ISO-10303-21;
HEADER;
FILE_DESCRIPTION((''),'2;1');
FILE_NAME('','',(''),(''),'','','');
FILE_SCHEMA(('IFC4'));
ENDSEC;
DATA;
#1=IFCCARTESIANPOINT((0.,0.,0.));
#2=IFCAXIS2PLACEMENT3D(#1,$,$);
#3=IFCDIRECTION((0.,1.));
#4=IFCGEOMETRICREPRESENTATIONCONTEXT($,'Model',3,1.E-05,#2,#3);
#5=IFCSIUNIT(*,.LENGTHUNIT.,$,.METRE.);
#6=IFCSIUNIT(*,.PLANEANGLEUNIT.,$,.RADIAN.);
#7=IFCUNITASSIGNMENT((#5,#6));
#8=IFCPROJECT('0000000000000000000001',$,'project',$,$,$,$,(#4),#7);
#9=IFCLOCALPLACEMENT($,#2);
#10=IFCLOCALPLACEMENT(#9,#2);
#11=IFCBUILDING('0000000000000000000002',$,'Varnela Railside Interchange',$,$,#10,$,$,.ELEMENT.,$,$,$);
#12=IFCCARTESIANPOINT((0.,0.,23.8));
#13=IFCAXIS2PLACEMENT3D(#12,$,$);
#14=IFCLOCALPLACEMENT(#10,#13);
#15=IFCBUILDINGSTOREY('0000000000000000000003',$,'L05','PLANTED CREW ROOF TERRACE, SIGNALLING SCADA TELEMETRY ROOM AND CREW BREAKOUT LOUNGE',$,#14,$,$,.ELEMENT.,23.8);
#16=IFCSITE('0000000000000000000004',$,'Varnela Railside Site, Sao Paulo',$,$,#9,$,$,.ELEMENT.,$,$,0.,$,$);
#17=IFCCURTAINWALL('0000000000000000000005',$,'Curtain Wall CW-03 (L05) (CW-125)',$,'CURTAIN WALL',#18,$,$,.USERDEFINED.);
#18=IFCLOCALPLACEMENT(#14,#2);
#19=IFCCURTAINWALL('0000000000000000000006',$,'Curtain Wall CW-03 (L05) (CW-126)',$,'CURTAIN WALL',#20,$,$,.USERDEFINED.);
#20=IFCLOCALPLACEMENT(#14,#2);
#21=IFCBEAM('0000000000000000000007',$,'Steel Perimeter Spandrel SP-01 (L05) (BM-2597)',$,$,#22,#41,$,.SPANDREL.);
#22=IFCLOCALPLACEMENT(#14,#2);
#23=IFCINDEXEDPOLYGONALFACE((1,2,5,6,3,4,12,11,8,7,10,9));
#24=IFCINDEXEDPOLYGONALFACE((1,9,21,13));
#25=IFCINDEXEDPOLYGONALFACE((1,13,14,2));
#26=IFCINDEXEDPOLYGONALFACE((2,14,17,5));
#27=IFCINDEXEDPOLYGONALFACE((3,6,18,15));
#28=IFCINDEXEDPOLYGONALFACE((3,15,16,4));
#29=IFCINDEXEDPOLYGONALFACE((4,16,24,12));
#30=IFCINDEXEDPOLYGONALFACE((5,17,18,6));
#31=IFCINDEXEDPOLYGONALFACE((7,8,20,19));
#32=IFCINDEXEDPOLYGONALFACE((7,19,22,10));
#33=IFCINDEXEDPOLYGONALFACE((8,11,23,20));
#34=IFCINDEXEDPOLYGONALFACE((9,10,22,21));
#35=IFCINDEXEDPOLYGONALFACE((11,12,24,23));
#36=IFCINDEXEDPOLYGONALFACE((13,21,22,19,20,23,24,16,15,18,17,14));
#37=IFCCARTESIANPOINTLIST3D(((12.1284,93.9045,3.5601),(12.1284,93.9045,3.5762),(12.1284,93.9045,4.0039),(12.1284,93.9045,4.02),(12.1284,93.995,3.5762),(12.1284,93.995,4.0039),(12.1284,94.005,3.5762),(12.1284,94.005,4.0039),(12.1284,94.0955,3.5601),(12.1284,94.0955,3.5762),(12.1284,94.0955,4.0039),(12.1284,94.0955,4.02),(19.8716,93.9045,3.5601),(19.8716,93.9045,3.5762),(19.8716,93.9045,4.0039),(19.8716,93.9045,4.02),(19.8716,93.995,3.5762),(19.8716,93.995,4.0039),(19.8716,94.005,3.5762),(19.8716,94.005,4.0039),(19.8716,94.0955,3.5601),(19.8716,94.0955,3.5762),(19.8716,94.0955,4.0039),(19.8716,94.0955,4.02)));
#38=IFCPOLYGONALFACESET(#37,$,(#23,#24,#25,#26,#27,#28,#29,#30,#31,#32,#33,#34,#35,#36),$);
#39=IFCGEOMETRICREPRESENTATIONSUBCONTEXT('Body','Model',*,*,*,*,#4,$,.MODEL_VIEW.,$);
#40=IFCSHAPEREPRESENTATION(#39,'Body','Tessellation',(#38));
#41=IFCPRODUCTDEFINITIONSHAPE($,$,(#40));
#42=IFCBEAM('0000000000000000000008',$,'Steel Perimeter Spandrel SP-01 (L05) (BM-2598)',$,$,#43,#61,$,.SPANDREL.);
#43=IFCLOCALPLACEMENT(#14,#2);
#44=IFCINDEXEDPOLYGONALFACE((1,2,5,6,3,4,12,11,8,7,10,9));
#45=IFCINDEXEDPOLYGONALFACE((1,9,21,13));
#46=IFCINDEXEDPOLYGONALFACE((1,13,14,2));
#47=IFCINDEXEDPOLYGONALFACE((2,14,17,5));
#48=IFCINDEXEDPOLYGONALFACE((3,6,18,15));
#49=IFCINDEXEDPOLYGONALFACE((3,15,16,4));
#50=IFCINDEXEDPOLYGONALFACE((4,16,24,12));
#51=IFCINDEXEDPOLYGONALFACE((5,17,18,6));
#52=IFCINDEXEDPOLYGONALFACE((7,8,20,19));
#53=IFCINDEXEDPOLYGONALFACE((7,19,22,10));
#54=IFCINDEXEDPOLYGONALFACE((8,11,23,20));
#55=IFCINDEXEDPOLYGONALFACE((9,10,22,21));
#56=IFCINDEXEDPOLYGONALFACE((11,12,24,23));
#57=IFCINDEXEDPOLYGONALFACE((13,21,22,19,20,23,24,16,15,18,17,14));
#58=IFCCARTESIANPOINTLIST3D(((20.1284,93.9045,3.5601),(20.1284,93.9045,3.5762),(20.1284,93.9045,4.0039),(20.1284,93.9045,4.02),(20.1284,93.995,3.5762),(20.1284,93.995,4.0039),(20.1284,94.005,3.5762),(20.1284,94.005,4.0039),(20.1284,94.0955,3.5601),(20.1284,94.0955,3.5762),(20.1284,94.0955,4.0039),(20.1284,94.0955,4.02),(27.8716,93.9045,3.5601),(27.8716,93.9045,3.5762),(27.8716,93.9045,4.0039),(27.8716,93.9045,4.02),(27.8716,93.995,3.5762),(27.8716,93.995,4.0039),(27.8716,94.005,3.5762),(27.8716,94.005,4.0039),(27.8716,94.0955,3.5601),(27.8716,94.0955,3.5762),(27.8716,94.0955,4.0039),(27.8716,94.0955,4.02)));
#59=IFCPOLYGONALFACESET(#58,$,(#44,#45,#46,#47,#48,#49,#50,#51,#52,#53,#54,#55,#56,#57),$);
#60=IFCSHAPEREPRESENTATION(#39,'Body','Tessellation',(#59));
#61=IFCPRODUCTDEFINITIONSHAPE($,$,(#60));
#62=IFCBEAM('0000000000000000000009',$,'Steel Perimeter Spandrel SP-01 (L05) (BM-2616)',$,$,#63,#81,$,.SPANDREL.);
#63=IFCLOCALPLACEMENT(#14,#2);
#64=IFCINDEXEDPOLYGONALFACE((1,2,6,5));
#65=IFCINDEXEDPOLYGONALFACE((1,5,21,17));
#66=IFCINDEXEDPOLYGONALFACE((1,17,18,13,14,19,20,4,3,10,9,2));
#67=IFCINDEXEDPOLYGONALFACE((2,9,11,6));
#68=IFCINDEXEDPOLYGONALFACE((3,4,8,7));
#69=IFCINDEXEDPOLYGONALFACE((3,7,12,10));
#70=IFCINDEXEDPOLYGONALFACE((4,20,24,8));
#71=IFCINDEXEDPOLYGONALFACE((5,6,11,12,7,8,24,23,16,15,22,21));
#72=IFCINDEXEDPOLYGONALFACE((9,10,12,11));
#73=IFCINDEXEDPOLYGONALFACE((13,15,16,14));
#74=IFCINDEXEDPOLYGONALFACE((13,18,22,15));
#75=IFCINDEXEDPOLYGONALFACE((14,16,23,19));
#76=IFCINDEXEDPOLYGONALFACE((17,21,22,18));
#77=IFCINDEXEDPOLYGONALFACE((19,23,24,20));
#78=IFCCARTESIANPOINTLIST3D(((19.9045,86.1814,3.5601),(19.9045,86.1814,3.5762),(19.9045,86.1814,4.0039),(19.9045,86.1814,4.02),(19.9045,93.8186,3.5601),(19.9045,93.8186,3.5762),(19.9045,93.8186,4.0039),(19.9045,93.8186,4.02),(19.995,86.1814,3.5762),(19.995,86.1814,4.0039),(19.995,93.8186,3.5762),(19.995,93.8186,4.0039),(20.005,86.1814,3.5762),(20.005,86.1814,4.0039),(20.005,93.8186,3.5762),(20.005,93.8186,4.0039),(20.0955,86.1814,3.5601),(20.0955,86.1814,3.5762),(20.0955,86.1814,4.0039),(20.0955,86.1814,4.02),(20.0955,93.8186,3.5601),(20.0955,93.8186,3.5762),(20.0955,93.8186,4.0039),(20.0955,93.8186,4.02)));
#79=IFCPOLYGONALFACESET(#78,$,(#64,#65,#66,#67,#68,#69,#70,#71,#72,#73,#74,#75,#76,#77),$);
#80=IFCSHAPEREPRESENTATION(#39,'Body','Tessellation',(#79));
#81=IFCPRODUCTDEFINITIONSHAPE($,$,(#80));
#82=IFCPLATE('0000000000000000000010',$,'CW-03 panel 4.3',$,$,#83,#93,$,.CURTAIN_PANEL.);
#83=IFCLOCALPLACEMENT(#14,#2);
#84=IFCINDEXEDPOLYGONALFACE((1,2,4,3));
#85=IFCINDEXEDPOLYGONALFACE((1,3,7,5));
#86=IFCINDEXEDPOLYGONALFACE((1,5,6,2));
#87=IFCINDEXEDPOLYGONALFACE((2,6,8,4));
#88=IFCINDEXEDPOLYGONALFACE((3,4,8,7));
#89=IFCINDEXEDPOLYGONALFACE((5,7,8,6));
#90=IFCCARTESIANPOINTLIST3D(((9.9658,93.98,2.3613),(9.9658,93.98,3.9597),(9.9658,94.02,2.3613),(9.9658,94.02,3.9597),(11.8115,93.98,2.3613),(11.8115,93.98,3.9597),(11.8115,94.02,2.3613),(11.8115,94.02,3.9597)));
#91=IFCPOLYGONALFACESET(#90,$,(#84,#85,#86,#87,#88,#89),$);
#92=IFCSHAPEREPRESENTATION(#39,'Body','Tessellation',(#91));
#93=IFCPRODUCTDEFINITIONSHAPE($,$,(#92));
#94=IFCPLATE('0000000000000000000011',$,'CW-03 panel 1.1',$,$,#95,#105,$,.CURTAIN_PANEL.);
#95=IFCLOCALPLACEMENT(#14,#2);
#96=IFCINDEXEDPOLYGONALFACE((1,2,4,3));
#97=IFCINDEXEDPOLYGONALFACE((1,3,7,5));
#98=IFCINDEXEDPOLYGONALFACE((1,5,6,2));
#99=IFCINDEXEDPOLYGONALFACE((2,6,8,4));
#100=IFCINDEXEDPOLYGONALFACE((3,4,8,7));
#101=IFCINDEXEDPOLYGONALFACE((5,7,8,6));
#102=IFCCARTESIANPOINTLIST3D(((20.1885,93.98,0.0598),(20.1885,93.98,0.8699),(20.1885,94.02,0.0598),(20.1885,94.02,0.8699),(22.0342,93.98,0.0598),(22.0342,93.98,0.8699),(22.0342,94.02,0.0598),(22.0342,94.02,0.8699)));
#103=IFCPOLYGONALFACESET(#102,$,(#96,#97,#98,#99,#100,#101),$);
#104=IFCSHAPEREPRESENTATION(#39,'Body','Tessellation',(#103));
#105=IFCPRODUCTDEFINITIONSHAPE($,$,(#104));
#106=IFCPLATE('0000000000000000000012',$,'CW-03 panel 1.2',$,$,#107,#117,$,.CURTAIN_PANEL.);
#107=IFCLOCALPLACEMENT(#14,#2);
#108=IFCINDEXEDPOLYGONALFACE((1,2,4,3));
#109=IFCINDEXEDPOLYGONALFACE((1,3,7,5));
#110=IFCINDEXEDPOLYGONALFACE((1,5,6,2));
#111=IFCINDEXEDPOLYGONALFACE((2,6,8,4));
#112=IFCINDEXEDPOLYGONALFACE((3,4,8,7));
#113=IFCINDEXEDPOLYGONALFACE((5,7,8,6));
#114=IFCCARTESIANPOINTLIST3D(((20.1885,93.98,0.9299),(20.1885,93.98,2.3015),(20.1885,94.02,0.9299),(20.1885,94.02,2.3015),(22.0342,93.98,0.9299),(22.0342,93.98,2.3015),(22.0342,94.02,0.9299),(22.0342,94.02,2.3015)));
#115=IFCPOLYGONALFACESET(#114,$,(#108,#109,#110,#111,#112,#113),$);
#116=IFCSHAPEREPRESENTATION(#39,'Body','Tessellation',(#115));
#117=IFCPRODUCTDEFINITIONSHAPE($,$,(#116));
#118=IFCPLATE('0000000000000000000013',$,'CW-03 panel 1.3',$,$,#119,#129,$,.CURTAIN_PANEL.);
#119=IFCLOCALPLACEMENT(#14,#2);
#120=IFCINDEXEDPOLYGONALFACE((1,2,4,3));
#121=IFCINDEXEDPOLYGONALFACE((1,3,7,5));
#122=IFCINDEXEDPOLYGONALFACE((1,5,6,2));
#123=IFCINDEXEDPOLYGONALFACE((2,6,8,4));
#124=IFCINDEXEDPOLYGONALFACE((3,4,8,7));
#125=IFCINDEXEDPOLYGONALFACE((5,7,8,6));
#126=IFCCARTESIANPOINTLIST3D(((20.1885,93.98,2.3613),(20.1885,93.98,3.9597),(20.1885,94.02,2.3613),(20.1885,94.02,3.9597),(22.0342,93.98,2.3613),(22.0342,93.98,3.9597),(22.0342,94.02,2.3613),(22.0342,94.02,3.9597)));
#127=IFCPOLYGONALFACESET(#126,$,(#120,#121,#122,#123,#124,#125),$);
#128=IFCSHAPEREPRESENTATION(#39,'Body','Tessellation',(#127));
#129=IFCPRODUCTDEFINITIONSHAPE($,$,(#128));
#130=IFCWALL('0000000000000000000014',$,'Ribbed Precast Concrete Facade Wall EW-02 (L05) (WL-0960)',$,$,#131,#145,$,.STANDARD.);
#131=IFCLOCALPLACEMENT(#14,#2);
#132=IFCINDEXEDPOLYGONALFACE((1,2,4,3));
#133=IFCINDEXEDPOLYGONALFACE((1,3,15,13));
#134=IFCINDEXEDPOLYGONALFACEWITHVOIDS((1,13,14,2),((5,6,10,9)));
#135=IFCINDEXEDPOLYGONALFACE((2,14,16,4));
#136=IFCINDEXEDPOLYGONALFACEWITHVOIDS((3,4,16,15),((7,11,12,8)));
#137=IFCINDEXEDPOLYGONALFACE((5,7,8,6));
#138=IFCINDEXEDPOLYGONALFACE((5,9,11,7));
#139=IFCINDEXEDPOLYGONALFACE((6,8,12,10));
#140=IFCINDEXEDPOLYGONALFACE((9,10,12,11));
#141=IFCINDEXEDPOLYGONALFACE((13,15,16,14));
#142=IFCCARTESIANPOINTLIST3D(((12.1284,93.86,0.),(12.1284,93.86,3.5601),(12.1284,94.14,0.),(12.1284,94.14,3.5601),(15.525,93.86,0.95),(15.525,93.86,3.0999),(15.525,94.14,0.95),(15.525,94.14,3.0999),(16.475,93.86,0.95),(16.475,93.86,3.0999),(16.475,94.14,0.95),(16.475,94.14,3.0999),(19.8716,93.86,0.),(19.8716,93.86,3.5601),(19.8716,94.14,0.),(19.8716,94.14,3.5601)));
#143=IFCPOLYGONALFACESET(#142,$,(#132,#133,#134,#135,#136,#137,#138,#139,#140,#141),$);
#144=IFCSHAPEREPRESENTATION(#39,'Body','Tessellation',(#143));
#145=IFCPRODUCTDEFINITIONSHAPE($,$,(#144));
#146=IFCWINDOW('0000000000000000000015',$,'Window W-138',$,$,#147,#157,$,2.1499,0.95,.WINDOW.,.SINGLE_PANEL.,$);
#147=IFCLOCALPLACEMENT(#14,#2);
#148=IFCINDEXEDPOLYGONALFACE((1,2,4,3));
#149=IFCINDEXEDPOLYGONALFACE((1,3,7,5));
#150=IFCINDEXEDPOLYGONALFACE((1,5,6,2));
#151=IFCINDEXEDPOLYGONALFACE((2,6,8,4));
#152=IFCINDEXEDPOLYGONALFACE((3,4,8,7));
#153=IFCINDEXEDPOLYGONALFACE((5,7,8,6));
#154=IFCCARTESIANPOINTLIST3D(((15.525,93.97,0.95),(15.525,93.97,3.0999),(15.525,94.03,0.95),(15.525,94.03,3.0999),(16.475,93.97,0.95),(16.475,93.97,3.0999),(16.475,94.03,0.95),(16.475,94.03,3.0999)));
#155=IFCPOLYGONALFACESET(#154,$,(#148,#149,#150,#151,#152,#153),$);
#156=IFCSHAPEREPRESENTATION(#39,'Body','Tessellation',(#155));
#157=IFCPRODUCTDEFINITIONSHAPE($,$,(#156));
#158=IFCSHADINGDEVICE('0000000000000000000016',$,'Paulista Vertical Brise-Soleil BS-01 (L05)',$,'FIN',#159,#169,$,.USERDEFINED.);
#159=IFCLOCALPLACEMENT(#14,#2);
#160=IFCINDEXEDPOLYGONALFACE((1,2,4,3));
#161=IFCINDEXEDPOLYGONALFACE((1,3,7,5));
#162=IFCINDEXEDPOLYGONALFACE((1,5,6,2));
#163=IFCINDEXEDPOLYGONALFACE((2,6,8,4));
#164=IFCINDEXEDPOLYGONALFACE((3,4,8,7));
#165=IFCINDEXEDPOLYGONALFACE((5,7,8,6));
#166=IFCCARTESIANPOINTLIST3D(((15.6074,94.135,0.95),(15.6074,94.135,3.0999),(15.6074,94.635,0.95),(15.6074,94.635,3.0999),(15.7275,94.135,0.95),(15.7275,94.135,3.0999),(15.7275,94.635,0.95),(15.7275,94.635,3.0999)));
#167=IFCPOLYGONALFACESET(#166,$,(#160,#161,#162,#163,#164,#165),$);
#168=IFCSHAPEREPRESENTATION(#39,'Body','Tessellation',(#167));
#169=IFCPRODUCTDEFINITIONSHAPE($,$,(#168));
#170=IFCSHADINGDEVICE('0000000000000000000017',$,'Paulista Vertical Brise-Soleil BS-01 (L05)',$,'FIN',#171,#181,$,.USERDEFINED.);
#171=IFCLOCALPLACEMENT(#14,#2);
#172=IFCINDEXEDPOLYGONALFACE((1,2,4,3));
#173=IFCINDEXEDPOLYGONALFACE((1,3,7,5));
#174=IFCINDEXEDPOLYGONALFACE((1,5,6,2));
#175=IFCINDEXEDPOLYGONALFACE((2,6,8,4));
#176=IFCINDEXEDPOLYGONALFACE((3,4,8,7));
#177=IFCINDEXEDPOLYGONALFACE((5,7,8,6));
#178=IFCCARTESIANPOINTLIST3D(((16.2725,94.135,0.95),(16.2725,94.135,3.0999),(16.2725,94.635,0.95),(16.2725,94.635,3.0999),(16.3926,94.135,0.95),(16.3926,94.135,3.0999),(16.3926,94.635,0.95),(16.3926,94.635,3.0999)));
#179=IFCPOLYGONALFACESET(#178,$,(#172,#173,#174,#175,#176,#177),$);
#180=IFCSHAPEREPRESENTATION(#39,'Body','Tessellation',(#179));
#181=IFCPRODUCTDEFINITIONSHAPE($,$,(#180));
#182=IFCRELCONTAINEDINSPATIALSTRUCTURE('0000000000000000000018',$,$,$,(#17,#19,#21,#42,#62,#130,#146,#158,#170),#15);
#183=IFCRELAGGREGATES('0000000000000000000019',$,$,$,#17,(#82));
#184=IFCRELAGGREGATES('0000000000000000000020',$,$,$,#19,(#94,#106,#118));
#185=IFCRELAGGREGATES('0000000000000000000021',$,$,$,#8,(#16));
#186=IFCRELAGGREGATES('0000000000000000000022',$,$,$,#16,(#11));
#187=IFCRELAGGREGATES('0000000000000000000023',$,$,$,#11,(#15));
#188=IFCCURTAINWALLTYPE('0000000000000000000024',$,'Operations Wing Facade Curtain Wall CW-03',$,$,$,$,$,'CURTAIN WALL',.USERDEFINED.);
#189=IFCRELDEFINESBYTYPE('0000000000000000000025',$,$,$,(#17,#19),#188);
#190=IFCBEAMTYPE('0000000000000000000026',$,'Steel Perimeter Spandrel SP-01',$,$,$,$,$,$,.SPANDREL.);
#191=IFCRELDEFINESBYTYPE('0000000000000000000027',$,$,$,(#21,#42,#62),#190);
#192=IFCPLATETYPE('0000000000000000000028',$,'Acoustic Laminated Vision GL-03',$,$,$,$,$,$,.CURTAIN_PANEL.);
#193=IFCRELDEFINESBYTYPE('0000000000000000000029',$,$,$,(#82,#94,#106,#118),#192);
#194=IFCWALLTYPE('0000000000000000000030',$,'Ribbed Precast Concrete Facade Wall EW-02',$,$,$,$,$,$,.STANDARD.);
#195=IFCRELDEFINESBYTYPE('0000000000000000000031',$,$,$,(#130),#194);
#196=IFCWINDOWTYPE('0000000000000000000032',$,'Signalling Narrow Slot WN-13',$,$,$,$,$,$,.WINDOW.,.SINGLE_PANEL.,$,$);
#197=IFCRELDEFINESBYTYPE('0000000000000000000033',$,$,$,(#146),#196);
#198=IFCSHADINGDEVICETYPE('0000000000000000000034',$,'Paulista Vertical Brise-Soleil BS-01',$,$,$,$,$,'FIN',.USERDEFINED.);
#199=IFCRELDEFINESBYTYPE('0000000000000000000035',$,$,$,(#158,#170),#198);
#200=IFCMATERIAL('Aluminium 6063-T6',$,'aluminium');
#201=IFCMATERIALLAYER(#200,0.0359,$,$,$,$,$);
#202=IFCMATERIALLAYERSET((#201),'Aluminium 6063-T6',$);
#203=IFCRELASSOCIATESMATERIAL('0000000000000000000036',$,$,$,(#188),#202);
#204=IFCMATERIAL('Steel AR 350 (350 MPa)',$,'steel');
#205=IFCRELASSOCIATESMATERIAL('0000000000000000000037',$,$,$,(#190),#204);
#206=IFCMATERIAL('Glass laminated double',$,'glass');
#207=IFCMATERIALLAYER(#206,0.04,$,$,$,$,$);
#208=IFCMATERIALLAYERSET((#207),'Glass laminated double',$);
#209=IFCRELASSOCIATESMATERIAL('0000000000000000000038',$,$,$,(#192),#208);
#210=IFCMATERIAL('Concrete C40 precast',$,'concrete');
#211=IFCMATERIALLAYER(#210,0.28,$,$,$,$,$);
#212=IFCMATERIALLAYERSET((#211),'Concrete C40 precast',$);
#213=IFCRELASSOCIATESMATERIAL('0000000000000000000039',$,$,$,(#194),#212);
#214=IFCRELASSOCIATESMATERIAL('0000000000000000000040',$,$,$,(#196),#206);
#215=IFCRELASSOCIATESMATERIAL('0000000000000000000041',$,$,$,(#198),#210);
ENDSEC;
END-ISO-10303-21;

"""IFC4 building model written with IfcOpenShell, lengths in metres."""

from ifc_helpers import new_model, si_unit, direction, frame, frame_2d, origin, origin_2d, place, context, subcontext, project, spatial, rectangle, i_section, extrude, material, layer, layer_set, material_profile, profile_set, type_object, element, fill, aggregate, save


model = new_model("IFC4")

# Units and contexts
model_context = context("Model", 3, precision=1e-05, world=origin(), true_north=direction((0.0, 1.0)))
body_context = subcontext(model_context, "Body", "Model", "MODEL_VIEW")
ifc_project = project(units=[si_unit("LENGTHUNIT", "METRE"), si_unit("PLANEANGLEUNIT", "RADIAN")], contexts=[model_context])

# Site, building, storey
site_placement = place(None, origin())
site = spatial("IfcSite", under=ifc_project, at=site_placement, Name="Varnela Railside Site, Sao Paulo", CompositionType="ELEMENT", RefElevation=0.0)
building_placement = place(site_placement, origin())
building = spatial("IfcBuilding", under=site, at=building_placement, Name="Varnela Railside Interchange", CompositionType="ELEMENT")
storey_placement = place(building_placement, frame((0.0, 0.0, 23.8)))
storey = spatial("IfcBuildingStorey", under=building, at=storey_placement, Name="L05", Description="PLANTED CREW ROOF TERRACE, SIGNALLING SCADA TELEMETRY ROOM AND CREW BREAKOUT LOUNGE", CompositionType="ELEMENT", Elevation=23.8)

# Shared definitions
ifc_material_1 = material(Name="Steel AR 350 (350 MPa)", Category="steel")

# Curtain wall
ifc_material_2 = material(Name="Aluminium 6063-T6", Category="aluminium")
ifc_layer_1 = layer(ifc_material_2, 0.0359)
ifc_layer_set_1 = layer_set([ifc_layer_1], Name="Aluminium 6063-T6")
curtain_wall_type = type_object("IfcCurtainWallType", Name="Operations Wing Facade Curtain Wall CW-03", ElementType="CURTAIN WALL", PredefinedType="USERDEFINED", material=ifc_layer_set_1)
curtain_wall_1_placement = place(storey_placement, origin())
curtain_wall_1 = element("IfcCurtainWall", 1, at=curtain_wall_1_placement, inside=storey, type_object=curtain_wall_type, Name="Curtain Wall CW-03 (L05) (CW-125)", ObjectType="CURTAIN WALL", PredefinedType="USERDEFINED")

# Curtain wall
curtain_wall_2_placement = place(storey_placement, origin())
curtain_wall_2 = element("IfcCurtainWall", 2, at=curtain_wall_2_placement, inside=storey, type_object=curtain_wall_type, Name="Curtain Wall CW-03 (L05) (CW-126)", ObjectType="CURTAIN WALL", PredefinedType="USERDEFINED")

# Beams
ifc_material_profile_1 = material_profile(ifc_material_1, i_section(OverallWidth=0.1909, OverallDepth=0.46, WebThickness=0.01, FlangeThickness=0.0161, at=origin_2d()), Name="W460x82")
ifc_profile_set_1 = profile_set([ifc_material_profile_1], Name="Steel AR 350 (350 MPa)")
beam_type = type_object("IfcBeamType", Name="Steel Perimeter Spandrel SP-01", PredefinedType="SPANDREL", material=ifc_profile_set_1)
for number, where, z_axis, x_axis, name in (
    (3, (12.1284, 94.0, 3.79), (1.0, 0.0, 0.0), (0.0, 1.0, 0.0), "Steel Perimeter Spandrel SP-01 (L05) (BM-2597)"),
    (4, (20.1284, 94.0, 3.79), (1.0, 0.0, 0.0), (0.0, 1.0, 0.0), "Steel Perimeter Spandrel SP-01 (L05) (BM-2598)"),
):
    element("IfcBeam", number, at=place(storey_placement, frame(where, z_axis=z_axis, x_axis=x_axis)), inside=storey, type_object=beam_type, Name=name, PredefinedType="SPANDREL", context=body_context, shape_type="SweptSolid", body=[
        extrude(i_section(OverallWidth=0.1909, OverallDepth=0.46, WebThickness=0.01, FlangeThickness=0.0161, at=origin_2d()), origin(), (0.0, 0.0, 1.0), 7.7432),
    ])
beam_placement = place(storey_placement, frame((20.0, 86.1814, 3.79), z_axis=(0.0, 1.0, 0.0), x_axis=(-1.0, 0.0, 0.0)))
element("IfcBeam", 5, at=beam_placement, inside=storey, type_object=beam_type, Name="Steel Perimeter Spandrel SP-01 (L05) (BM-2616)", PredefinedType="SPANDREL", context=body_context, shape_type="SweptSolid", body=[
    extrude(i_section(OverallWidth=0.1909, OverallDepth=0.46, WebThickness=0.01, FlangeThickness=0.0161, at=origin_2d()), origin(), (0.0, 0.0, 1.0), 7.6372),
])

# Plates
ifc_material_3 = material(Name="Glass laminated double", Category="glass")
ifc_layer_2 = layer(ifc_material_3, 0.04)
ifc_layer_set_2 = layer_set([ifc_layer_2], Name="Glass laminated double")
plate_type = type_object("IfcPlateType", Name="Acoustic Laminated Vision GL-03", PredefinedType="CURTAIN_PANEL", material=ifc_layer_set_2)
plate_1_placement = place(storey_placement, frame((10.8887, 94.0, 2.3613), z_axis=(0.0, 0.0, 1.0), x_axis=(1.0, 0.0, 0.0)))
plate_1 = element("IfcPlate", 6, at=plate_1_placement, type_object=plate_type, Name="CW-03 panel 4.3", PredefinedType="CURTAIN_PANEL", context=body_context, shape_type="SweptSolid", body=[
    extrude(rectangle(XDim=1.8457, YDim=0.04, at=origin_2d()), origin(), (0.0, 0.0, 1.0), 1.5984),
])
aggregate(curtain_wall_1, [plate_1])
plate_2_placement = place(storey_placement, frame((21.1113, 94.0, 0.0598), z_axis=(0.0, 0.0, 1.0), x_axis=(1.0, 0.0, 0.0)))
plate_2 = element("IfcPlate", 7, at=plate_2_placement, type_object=plate_type, Name="CW-03 panel 1.1", PredefinedType="CURTAIN_PANEL", context=body_context, shape_type="SweptSolid", body=[
    extrude(rectangle(XDim=1.8457, YDim=0.04, at=origin_2d()), origin(), (0.0, 0.0, 1.0), 0.8101),
])
plate_3_placement = place(storey_placement, frame((21.1113, 94.0, 0.9299), z_axis=(0.0, 0.0, 1.0), x_axis=(1.0, 0.0, 0.0)))
plate_3 = element("IfcPlate", 8, at=plate_3_placement, type_object=plate_type, Name="CW-03 panel 1.2", PredefinedType="CURTAIN_PANEL", context=body_context, shape_type="SweptSolid", body=[
    extrude(rectangle(XDim=1.8457, YDim=0.04, at=origin_2d()), origin(), (0.0, 0.0, 1.0), 1.3716),
])
plate_4_placement = place(storey_placement, frame((21.1113, 94.0, 2.3613), z_axis=(0.0, 0.0, 1.0), x_axis=(1.0, 0.0, 0.0)))
plate_4 = element("IfcPlate", 9, at=plate_4_placement, type_object=plate_type, Name="CW-03 panel 1.3", PredefinedType="CURTAIN_PANEL", context=body_context, shape_type="SweptSolid", body=[
    extrude(rectangle(XDim=1.8457, YDim=0.04, at=origin_2d()), origin(), (0.0, 0.0, 1.0), 1.5984),
])
aggregate(curtain_wall_2, [plate_2, plate_3, plate_4])

# Wall, opening, window
ifc_material_4 = material(Name="Concrete C40 precast", Category="concrete")
ifc_layer_3 = layer(ifc_material_4, 0.28)
ifc_layer_set_3 = layer_set([ifc_layer_3], Name="Concrete C40 precast")
wall_type = type_object("IfcWallType", Name="Ribbed Precast Concrete Facade Wall EW-02", PredefinedType="STANDARD", material=ifc_layer_set_3)
wall_placement = place(storey_placement, frame((12.1284, 94.0, 0.0), z_axis=(0.0, 0.0, 1.0), x_axis=(1.0, 0.0, 0.0)))
wall = element("IfcWall", 10, at=wall_placement, inside=storey, type_object=wall_type, Name="Ribbed Precast Concrete Facade Wall EW-02 (L05) (WL-0960)", PredefinedType="STANDARD", context=body_context, shape_type="SweptSolid", body=[
    extrude(rectangle(XDim=7.7432, YDim=0.28, at=frame_2d((3.8716, 0.0))), origin(), (0.0, 0.0, 1.0), 3.5601),
])
opening_placement = place(wall_placement, frame((3.3965, 0.0, 0.95)))
opening = element("IfcOpeningElement", 11, at=opening_placement, cuts=wall, PredefinedType="OPENING", context=body_context, shape_type="SweptSolid", body=[
    extrude(rectangle(XDim=0.95, YDim=2.1499, at=frame_2d((0.4751, 1.075))), frame((0.0, 0.1499, 0.0), z_axis=(0.0, -1.0, 0.0), x_axis=(1.0, 0.0, 0.0)), (0.0, 0.0, 1.0), 0.3),
])
window_type = type_object("IfcWindowType", Name="Signalling Narrow Slot WN-13", PartitioningType="SINGLE_PANEL", PredefinedType="WINDOW", material=ifc_material_3)
window_placement = place(opening_placement, origin())
window = element("IfcWindow", 12, at=window_placement, inside=storey, type_object=window_type, Name="Window W-138", OverallHeight=2.1499, OverallWidth=0.95, PartitioningType="SINGLE_PANEL", PredefinedType="WINDOW", context=body_context, shape_type="SweptSolid", body=[
    extrude(rectangle(XDim=0.95, YDim=2.1499, at=frame_2d((0.4751, 1.075))), frame((0.0, 0.03, 0.0), z_axis=(0.0, -1.0, 0.0), x_axis=(1.0, 0.0, 0.0)), (0.0, 0.0, 1.0), 0.0601),
])
fill(opening, window)

# Shading devices
shading_device_type = type_object("IfcShadingDeviceType", Name="Paulista Vertical Brise-Soleil BS-01", ElementType="FIN", PredefinedType="USERDEFINED", material=ifc_material_4)
for number, where, z_axis, x_axis, name in (
    (13, (15.6675, 94.385, 0.95), (0.0, 0.0, 1.0), (0.0, 1.0, 0.0), "Paulista Vertical Brise-Soleil BS-01 (L05)"),
    (14, (16.3325, 94.385, 0.95), (0.0, 0.0, 1.0), (0.0, 1.0, 0.0), "Paulista Vertical Brise-Soleil BS-01 (L05)"),
):
    element("IfcShadingDevice", number, at=place(storey_placement, frame(where, z_axis=z_axis, x_axis=x_axis)), inside=storey, type_object=shading_device_type, Name=name, ObjectType="FIN", PredefinedType="USERDEFINED", context=body_context, shape_type="SweptSolid", body=[
        extrude(rectangle(XDim=0.5, YDim=0.1201, at=origin_2d()), origin(), (0.0, 0.0, 1.0), 2.1499),
    ])

save(model, "model.ifc")
